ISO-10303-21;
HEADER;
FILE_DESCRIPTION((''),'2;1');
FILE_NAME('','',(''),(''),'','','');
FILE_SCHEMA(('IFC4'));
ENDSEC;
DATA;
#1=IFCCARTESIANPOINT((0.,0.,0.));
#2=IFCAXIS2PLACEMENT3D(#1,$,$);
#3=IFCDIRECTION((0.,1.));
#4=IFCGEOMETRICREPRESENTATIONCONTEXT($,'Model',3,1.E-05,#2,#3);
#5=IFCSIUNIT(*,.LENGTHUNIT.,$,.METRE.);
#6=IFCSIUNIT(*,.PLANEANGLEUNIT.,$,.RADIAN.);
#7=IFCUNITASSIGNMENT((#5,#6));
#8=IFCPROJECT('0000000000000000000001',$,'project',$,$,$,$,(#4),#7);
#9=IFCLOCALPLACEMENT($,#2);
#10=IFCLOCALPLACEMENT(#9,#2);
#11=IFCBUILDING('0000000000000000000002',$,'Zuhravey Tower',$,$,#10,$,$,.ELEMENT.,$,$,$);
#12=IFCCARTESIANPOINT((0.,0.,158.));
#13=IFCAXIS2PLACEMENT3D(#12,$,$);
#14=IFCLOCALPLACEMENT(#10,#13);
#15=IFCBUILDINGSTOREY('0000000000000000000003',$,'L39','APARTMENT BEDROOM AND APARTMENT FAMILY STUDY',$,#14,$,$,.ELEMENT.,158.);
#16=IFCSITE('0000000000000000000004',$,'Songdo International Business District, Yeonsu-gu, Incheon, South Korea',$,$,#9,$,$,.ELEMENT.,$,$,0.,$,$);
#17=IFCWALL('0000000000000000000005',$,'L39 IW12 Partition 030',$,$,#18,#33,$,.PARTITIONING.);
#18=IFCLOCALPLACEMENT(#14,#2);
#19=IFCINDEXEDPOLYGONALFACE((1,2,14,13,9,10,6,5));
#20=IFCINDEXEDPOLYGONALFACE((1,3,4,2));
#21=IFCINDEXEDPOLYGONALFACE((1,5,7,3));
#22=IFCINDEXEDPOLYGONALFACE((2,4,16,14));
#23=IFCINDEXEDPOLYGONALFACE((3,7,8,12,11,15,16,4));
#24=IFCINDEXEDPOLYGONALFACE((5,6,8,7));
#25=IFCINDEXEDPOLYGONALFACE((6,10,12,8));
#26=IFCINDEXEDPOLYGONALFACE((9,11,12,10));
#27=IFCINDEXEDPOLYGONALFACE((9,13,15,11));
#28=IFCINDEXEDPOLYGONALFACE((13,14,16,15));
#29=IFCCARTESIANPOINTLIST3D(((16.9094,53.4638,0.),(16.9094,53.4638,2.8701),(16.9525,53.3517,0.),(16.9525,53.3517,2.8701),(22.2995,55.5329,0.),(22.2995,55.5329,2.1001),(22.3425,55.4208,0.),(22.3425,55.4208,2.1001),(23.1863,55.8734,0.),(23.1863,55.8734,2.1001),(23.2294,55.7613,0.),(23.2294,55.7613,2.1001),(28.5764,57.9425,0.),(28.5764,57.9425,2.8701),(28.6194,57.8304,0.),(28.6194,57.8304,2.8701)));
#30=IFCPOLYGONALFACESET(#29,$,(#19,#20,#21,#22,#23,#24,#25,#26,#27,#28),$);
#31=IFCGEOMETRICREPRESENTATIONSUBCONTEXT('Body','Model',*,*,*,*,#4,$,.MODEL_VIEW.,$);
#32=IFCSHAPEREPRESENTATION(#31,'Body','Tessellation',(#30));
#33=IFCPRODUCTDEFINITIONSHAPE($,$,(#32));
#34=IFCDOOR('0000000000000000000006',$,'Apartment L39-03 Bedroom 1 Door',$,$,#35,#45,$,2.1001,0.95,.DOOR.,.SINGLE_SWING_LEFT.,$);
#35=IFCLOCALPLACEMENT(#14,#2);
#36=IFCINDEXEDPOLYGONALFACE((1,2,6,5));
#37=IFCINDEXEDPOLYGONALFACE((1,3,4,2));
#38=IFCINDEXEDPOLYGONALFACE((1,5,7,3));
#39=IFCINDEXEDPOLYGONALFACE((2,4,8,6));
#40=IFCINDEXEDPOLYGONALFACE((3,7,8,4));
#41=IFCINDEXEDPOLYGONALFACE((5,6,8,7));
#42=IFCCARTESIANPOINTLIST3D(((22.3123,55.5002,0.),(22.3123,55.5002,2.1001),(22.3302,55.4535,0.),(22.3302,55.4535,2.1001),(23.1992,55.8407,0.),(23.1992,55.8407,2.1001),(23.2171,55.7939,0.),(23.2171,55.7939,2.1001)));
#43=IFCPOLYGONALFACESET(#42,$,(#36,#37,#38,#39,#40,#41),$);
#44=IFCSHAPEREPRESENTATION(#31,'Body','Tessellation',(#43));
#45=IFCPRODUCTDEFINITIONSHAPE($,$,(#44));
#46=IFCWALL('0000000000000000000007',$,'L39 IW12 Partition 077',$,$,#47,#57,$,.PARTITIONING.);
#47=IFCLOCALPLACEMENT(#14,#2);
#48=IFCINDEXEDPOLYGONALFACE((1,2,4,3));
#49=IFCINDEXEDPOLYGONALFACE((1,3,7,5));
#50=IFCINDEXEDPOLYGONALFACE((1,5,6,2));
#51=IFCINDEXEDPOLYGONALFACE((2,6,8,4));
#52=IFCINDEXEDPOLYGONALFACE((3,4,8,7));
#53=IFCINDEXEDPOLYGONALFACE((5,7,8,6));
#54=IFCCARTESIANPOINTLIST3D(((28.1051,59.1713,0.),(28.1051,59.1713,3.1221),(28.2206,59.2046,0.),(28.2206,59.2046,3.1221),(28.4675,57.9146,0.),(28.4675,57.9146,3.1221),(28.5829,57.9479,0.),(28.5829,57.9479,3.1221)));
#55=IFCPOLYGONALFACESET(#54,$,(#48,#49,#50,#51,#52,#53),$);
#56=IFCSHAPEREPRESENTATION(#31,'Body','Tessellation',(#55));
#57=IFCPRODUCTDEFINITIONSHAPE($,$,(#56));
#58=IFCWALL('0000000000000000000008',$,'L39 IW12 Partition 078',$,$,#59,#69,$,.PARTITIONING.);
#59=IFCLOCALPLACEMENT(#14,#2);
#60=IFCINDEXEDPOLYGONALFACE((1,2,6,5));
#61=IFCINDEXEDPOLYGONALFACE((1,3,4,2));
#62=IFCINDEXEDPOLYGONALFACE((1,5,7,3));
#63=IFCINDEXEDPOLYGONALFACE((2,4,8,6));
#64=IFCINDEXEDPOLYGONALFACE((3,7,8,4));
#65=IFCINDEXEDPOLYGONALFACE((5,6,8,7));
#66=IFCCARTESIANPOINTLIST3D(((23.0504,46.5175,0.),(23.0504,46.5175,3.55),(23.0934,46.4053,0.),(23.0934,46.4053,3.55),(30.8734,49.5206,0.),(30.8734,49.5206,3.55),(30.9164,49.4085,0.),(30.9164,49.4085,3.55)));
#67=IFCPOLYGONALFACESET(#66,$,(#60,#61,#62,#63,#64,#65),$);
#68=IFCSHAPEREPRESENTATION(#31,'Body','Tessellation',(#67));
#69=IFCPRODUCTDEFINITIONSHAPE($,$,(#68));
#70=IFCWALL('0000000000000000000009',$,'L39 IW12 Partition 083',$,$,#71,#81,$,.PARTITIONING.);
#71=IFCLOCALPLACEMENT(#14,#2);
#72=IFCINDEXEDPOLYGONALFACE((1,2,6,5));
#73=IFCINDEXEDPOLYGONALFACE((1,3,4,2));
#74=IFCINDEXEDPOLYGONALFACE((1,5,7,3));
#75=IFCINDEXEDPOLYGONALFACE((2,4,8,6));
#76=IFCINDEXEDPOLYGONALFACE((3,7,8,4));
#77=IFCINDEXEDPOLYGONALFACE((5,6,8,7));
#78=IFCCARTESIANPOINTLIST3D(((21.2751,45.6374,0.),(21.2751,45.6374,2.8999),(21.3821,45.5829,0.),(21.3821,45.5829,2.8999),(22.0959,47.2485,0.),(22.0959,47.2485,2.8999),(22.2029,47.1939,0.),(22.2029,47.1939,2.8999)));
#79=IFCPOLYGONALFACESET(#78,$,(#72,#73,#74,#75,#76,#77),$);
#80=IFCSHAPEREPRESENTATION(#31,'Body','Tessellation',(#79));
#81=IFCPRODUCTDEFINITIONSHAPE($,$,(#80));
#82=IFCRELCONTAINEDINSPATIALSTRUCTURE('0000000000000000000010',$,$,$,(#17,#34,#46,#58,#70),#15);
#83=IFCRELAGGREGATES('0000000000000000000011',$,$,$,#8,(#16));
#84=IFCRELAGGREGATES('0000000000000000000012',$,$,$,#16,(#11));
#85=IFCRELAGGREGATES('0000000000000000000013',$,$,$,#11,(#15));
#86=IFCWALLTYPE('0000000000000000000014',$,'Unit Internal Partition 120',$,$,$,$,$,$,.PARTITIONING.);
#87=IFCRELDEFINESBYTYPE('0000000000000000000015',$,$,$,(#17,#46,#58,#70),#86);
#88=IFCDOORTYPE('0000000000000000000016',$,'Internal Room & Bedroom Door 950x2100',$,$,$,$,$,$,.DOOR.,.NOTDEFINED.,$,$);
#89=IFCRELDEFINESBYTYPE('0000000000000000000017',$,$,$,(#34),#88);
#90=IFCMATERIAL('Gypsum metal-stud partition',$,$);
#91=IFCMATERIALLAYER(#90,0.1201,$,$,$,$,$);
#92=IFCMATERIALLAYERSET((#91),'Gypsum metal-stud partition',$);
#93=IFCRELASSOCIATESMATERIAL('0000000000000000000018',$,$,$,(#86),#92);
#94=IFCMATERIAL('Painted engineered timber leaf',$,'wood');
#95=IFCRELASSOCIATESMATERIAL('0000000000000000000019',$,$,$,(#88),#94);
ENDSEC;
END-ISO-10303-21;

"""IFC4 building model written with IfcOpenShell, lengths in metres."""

from ifc_helpers import new_model, si_unit, direction, frame, frame_2d, origin, place, context, subcontext, project, spatial, rectangle, extrude, material, layer, layer_set, type_object, element, fill, save


model = new_model("IFC4")

# Units and contexts
model_context = context("Model", 3, precision=1e-05, world=origin(), true_north=direction((0.0, 1.0)))
body_context = subcontext(model_context, "Body", "Model", "MODEL_VIEW")
ifc_project = project(units=[si_unit("LENGTHUNIT", "METRE"), si_unit("PLANEANGLEUNIT", "RADIAN")], contexts=[model_context])

# Site, building, storey
site_placement = place(None, origin())
site = spatial("IfcSite", under=ifc_project, at=site_placement, Name="Songdo International Business District, Yeonsu-gu, Incheon, South Korea", CompositionType="ELEMENT", RefElevation=0.0)
building_placement = place(site_placement, origin())
building = spatial("IfcBuilding", under=site, at=building_placement, Name="Zuhravey Tower", CompositionType="ELEMENT")
storey_placement = place(building_placement, frame((0.0, 0.0, 158.0)))
storey = spatial("IfcBuildingStorey", under=building, at=storey_placement, Name="L39", Description="APARTMENT BEDROOM AND APARTMENT FAMILY STUDY", CompositionType="ELEMENT", Elevation=158.0)

# Wall, opening, door
ifc_material_1 = material(Name="Gypsum metal-stud partition")
ifc_layer_1 = layer(ifc_material_1, 0.1201)
ifc_layer_set_1 = layer_set([ifc_layer_1], Name="Gypsum metal-stud partition")
wall_type_1 = type_object("IfcWallType", Name="Unit Internal Partition 120", PredefinedType="PARTITIONING", material=ifc_layer_set_1)
ifc_material_2 = material(Name="Painted engineered timber leaf", Category="wood")
door_type_1 = type_object("IfcDoorType", Name="Internal Room & Bedroom Door 950x2100", OperationType="NOTDEFINED", PredefinedType="DOOR", material=ifc_material_2)
wall_1_placement = place(storey_placement, frame((28.5979, 57.8865, 0.0), z_axis=(0.0, 0.0, 1.0), x_axis=(-0.933575, -0.358383, 0.0)))
wall_1 = element("IfcWall", 1, at=wall_1_placement, inside=storey, type_object=wall_type_1, Name="L39 IW12 Partition 030", PredefinedType="PARTITIONING", context=body_context, shape_type="SweptSolid", body=[
    extrude(rectangle(XDim=12.4971, YDim=0.1201, at=frame_2d((6.2485, 0.0))), origin(), (0.0, 0.0, 1.0), 2.8701),
])
opening_1_placement = place(wall_1_placement, frame((5.7734, 0.0, 0.0)))
opening_1 = element("IfcOpeningElement", 2, at=opening_1_placement, cuts=wall_1, PredefinedType="OPENING", context=body_context, shape_type="SweptSolid", body=[
    extrude(rectangle(XDim=0.95, YDim=2.1001, at=frame_2d((0.4751, 1.05))), frame((0.0, 0.072, 0.0), z_axis=(0.0, -1.0, 0.0), x_axis=(1.0, 0.0, 0.0)), (0.0, 0.0, 1.0), 0.144),
])
door_1_placement = place(opening_1_placement, frame((0.95, 0.0, 0.0), z_axis=(0.0, 0.0, 1.0), x_axis=(-1.0, 0.0, 0.0)))
door_1 = element("IfcDoor", 3, at=door_1_placement, inside=storey, type_object=door_type_1, Name="Apartment L39-03 Bedroom 1 Door", OperationType="SINGLE_SWING_LEFT", OverallHeight=2.1001, OverallWidth=0.95, PredefinedType="DOOR", context=body_context, shape_type="SweptSolid", body=[
    extrude(rectangle(XDim=0.95, YDim=2.1001, at=frame_2d((0.4751, 1.05))), frame((0.0, 0.0249, 0.0), z_axis=(0.0, -1.0, 0.0), x_axis=(1.0, 0.0, 0.0)), (0.0, 0.0, 1.0), 0.05),
])
fill(opening_1, door_1)

# Walls
wall_2_placement = place(storey_placement, frame((28.5251, 57.9314, 0.0), z_axis=(0.0, 0.0, 1.0), x_axis=(-0.277038, 0.960859, 0.0)))
element("IfcWall", 4, at=wall_2_placement, inside=storey, type_object=wall_type_1, Name="L39 IW12 Partition 077", PredefinedType="PARTITIONING", context=body_context, shape_type="SweptSolid", body=[
    extrude(rectangle(XDim=1.3079, YDim=0.1201, at=frame_2d((0.6538, 0.0))), origin(), (0.0, 0.0, 1.0), 3.1221),
])
wall_3_placement = place(storey_placement, frame((30.895, 49.4646, 0.0), z_axis=(0.0, 0.0, 1.0), x_axis=(-0.933572, -0.358389, 0.0)))
element("IfcWall", 5, at=wall_3_placement, inside=storey, type_object=wall_type_1, Name="L39 IW12 Partition 078", PredefinedType="PARTITIONING", context=body_context, shape_type="SweptSolid", body=[
    extrude(rectangle(XDim=8.3796, YDim=0.1201, at=frame_2d((4.1899, 0.0))), origin(), (0.0, 0.0, 1.0), 3.55),
])
wall_4_placement = place(storey_placement, frame((22.1494, 47.2212, 0.0), z_axis=(0.0, 0.0, 1.0), x_axis=(-0.453952, -0.891026, 0.0)))
element("IfcWall", 6, at=wall_4_placement, inside=storey, type_object=wall_type_1, Name="L39 IW12 Partition 083", PredefinedType="PARTITIONING", context=body_context, shape_type="SweptSolid", body=[
    extrude(rectangle(XDim=1.8081, YDim=0.1201, at=frame_2d((0.9041, 0.0))), origin(), (0.0, 0.0, 1.0), 2.8999),
])

save(model, "model.ifc")
